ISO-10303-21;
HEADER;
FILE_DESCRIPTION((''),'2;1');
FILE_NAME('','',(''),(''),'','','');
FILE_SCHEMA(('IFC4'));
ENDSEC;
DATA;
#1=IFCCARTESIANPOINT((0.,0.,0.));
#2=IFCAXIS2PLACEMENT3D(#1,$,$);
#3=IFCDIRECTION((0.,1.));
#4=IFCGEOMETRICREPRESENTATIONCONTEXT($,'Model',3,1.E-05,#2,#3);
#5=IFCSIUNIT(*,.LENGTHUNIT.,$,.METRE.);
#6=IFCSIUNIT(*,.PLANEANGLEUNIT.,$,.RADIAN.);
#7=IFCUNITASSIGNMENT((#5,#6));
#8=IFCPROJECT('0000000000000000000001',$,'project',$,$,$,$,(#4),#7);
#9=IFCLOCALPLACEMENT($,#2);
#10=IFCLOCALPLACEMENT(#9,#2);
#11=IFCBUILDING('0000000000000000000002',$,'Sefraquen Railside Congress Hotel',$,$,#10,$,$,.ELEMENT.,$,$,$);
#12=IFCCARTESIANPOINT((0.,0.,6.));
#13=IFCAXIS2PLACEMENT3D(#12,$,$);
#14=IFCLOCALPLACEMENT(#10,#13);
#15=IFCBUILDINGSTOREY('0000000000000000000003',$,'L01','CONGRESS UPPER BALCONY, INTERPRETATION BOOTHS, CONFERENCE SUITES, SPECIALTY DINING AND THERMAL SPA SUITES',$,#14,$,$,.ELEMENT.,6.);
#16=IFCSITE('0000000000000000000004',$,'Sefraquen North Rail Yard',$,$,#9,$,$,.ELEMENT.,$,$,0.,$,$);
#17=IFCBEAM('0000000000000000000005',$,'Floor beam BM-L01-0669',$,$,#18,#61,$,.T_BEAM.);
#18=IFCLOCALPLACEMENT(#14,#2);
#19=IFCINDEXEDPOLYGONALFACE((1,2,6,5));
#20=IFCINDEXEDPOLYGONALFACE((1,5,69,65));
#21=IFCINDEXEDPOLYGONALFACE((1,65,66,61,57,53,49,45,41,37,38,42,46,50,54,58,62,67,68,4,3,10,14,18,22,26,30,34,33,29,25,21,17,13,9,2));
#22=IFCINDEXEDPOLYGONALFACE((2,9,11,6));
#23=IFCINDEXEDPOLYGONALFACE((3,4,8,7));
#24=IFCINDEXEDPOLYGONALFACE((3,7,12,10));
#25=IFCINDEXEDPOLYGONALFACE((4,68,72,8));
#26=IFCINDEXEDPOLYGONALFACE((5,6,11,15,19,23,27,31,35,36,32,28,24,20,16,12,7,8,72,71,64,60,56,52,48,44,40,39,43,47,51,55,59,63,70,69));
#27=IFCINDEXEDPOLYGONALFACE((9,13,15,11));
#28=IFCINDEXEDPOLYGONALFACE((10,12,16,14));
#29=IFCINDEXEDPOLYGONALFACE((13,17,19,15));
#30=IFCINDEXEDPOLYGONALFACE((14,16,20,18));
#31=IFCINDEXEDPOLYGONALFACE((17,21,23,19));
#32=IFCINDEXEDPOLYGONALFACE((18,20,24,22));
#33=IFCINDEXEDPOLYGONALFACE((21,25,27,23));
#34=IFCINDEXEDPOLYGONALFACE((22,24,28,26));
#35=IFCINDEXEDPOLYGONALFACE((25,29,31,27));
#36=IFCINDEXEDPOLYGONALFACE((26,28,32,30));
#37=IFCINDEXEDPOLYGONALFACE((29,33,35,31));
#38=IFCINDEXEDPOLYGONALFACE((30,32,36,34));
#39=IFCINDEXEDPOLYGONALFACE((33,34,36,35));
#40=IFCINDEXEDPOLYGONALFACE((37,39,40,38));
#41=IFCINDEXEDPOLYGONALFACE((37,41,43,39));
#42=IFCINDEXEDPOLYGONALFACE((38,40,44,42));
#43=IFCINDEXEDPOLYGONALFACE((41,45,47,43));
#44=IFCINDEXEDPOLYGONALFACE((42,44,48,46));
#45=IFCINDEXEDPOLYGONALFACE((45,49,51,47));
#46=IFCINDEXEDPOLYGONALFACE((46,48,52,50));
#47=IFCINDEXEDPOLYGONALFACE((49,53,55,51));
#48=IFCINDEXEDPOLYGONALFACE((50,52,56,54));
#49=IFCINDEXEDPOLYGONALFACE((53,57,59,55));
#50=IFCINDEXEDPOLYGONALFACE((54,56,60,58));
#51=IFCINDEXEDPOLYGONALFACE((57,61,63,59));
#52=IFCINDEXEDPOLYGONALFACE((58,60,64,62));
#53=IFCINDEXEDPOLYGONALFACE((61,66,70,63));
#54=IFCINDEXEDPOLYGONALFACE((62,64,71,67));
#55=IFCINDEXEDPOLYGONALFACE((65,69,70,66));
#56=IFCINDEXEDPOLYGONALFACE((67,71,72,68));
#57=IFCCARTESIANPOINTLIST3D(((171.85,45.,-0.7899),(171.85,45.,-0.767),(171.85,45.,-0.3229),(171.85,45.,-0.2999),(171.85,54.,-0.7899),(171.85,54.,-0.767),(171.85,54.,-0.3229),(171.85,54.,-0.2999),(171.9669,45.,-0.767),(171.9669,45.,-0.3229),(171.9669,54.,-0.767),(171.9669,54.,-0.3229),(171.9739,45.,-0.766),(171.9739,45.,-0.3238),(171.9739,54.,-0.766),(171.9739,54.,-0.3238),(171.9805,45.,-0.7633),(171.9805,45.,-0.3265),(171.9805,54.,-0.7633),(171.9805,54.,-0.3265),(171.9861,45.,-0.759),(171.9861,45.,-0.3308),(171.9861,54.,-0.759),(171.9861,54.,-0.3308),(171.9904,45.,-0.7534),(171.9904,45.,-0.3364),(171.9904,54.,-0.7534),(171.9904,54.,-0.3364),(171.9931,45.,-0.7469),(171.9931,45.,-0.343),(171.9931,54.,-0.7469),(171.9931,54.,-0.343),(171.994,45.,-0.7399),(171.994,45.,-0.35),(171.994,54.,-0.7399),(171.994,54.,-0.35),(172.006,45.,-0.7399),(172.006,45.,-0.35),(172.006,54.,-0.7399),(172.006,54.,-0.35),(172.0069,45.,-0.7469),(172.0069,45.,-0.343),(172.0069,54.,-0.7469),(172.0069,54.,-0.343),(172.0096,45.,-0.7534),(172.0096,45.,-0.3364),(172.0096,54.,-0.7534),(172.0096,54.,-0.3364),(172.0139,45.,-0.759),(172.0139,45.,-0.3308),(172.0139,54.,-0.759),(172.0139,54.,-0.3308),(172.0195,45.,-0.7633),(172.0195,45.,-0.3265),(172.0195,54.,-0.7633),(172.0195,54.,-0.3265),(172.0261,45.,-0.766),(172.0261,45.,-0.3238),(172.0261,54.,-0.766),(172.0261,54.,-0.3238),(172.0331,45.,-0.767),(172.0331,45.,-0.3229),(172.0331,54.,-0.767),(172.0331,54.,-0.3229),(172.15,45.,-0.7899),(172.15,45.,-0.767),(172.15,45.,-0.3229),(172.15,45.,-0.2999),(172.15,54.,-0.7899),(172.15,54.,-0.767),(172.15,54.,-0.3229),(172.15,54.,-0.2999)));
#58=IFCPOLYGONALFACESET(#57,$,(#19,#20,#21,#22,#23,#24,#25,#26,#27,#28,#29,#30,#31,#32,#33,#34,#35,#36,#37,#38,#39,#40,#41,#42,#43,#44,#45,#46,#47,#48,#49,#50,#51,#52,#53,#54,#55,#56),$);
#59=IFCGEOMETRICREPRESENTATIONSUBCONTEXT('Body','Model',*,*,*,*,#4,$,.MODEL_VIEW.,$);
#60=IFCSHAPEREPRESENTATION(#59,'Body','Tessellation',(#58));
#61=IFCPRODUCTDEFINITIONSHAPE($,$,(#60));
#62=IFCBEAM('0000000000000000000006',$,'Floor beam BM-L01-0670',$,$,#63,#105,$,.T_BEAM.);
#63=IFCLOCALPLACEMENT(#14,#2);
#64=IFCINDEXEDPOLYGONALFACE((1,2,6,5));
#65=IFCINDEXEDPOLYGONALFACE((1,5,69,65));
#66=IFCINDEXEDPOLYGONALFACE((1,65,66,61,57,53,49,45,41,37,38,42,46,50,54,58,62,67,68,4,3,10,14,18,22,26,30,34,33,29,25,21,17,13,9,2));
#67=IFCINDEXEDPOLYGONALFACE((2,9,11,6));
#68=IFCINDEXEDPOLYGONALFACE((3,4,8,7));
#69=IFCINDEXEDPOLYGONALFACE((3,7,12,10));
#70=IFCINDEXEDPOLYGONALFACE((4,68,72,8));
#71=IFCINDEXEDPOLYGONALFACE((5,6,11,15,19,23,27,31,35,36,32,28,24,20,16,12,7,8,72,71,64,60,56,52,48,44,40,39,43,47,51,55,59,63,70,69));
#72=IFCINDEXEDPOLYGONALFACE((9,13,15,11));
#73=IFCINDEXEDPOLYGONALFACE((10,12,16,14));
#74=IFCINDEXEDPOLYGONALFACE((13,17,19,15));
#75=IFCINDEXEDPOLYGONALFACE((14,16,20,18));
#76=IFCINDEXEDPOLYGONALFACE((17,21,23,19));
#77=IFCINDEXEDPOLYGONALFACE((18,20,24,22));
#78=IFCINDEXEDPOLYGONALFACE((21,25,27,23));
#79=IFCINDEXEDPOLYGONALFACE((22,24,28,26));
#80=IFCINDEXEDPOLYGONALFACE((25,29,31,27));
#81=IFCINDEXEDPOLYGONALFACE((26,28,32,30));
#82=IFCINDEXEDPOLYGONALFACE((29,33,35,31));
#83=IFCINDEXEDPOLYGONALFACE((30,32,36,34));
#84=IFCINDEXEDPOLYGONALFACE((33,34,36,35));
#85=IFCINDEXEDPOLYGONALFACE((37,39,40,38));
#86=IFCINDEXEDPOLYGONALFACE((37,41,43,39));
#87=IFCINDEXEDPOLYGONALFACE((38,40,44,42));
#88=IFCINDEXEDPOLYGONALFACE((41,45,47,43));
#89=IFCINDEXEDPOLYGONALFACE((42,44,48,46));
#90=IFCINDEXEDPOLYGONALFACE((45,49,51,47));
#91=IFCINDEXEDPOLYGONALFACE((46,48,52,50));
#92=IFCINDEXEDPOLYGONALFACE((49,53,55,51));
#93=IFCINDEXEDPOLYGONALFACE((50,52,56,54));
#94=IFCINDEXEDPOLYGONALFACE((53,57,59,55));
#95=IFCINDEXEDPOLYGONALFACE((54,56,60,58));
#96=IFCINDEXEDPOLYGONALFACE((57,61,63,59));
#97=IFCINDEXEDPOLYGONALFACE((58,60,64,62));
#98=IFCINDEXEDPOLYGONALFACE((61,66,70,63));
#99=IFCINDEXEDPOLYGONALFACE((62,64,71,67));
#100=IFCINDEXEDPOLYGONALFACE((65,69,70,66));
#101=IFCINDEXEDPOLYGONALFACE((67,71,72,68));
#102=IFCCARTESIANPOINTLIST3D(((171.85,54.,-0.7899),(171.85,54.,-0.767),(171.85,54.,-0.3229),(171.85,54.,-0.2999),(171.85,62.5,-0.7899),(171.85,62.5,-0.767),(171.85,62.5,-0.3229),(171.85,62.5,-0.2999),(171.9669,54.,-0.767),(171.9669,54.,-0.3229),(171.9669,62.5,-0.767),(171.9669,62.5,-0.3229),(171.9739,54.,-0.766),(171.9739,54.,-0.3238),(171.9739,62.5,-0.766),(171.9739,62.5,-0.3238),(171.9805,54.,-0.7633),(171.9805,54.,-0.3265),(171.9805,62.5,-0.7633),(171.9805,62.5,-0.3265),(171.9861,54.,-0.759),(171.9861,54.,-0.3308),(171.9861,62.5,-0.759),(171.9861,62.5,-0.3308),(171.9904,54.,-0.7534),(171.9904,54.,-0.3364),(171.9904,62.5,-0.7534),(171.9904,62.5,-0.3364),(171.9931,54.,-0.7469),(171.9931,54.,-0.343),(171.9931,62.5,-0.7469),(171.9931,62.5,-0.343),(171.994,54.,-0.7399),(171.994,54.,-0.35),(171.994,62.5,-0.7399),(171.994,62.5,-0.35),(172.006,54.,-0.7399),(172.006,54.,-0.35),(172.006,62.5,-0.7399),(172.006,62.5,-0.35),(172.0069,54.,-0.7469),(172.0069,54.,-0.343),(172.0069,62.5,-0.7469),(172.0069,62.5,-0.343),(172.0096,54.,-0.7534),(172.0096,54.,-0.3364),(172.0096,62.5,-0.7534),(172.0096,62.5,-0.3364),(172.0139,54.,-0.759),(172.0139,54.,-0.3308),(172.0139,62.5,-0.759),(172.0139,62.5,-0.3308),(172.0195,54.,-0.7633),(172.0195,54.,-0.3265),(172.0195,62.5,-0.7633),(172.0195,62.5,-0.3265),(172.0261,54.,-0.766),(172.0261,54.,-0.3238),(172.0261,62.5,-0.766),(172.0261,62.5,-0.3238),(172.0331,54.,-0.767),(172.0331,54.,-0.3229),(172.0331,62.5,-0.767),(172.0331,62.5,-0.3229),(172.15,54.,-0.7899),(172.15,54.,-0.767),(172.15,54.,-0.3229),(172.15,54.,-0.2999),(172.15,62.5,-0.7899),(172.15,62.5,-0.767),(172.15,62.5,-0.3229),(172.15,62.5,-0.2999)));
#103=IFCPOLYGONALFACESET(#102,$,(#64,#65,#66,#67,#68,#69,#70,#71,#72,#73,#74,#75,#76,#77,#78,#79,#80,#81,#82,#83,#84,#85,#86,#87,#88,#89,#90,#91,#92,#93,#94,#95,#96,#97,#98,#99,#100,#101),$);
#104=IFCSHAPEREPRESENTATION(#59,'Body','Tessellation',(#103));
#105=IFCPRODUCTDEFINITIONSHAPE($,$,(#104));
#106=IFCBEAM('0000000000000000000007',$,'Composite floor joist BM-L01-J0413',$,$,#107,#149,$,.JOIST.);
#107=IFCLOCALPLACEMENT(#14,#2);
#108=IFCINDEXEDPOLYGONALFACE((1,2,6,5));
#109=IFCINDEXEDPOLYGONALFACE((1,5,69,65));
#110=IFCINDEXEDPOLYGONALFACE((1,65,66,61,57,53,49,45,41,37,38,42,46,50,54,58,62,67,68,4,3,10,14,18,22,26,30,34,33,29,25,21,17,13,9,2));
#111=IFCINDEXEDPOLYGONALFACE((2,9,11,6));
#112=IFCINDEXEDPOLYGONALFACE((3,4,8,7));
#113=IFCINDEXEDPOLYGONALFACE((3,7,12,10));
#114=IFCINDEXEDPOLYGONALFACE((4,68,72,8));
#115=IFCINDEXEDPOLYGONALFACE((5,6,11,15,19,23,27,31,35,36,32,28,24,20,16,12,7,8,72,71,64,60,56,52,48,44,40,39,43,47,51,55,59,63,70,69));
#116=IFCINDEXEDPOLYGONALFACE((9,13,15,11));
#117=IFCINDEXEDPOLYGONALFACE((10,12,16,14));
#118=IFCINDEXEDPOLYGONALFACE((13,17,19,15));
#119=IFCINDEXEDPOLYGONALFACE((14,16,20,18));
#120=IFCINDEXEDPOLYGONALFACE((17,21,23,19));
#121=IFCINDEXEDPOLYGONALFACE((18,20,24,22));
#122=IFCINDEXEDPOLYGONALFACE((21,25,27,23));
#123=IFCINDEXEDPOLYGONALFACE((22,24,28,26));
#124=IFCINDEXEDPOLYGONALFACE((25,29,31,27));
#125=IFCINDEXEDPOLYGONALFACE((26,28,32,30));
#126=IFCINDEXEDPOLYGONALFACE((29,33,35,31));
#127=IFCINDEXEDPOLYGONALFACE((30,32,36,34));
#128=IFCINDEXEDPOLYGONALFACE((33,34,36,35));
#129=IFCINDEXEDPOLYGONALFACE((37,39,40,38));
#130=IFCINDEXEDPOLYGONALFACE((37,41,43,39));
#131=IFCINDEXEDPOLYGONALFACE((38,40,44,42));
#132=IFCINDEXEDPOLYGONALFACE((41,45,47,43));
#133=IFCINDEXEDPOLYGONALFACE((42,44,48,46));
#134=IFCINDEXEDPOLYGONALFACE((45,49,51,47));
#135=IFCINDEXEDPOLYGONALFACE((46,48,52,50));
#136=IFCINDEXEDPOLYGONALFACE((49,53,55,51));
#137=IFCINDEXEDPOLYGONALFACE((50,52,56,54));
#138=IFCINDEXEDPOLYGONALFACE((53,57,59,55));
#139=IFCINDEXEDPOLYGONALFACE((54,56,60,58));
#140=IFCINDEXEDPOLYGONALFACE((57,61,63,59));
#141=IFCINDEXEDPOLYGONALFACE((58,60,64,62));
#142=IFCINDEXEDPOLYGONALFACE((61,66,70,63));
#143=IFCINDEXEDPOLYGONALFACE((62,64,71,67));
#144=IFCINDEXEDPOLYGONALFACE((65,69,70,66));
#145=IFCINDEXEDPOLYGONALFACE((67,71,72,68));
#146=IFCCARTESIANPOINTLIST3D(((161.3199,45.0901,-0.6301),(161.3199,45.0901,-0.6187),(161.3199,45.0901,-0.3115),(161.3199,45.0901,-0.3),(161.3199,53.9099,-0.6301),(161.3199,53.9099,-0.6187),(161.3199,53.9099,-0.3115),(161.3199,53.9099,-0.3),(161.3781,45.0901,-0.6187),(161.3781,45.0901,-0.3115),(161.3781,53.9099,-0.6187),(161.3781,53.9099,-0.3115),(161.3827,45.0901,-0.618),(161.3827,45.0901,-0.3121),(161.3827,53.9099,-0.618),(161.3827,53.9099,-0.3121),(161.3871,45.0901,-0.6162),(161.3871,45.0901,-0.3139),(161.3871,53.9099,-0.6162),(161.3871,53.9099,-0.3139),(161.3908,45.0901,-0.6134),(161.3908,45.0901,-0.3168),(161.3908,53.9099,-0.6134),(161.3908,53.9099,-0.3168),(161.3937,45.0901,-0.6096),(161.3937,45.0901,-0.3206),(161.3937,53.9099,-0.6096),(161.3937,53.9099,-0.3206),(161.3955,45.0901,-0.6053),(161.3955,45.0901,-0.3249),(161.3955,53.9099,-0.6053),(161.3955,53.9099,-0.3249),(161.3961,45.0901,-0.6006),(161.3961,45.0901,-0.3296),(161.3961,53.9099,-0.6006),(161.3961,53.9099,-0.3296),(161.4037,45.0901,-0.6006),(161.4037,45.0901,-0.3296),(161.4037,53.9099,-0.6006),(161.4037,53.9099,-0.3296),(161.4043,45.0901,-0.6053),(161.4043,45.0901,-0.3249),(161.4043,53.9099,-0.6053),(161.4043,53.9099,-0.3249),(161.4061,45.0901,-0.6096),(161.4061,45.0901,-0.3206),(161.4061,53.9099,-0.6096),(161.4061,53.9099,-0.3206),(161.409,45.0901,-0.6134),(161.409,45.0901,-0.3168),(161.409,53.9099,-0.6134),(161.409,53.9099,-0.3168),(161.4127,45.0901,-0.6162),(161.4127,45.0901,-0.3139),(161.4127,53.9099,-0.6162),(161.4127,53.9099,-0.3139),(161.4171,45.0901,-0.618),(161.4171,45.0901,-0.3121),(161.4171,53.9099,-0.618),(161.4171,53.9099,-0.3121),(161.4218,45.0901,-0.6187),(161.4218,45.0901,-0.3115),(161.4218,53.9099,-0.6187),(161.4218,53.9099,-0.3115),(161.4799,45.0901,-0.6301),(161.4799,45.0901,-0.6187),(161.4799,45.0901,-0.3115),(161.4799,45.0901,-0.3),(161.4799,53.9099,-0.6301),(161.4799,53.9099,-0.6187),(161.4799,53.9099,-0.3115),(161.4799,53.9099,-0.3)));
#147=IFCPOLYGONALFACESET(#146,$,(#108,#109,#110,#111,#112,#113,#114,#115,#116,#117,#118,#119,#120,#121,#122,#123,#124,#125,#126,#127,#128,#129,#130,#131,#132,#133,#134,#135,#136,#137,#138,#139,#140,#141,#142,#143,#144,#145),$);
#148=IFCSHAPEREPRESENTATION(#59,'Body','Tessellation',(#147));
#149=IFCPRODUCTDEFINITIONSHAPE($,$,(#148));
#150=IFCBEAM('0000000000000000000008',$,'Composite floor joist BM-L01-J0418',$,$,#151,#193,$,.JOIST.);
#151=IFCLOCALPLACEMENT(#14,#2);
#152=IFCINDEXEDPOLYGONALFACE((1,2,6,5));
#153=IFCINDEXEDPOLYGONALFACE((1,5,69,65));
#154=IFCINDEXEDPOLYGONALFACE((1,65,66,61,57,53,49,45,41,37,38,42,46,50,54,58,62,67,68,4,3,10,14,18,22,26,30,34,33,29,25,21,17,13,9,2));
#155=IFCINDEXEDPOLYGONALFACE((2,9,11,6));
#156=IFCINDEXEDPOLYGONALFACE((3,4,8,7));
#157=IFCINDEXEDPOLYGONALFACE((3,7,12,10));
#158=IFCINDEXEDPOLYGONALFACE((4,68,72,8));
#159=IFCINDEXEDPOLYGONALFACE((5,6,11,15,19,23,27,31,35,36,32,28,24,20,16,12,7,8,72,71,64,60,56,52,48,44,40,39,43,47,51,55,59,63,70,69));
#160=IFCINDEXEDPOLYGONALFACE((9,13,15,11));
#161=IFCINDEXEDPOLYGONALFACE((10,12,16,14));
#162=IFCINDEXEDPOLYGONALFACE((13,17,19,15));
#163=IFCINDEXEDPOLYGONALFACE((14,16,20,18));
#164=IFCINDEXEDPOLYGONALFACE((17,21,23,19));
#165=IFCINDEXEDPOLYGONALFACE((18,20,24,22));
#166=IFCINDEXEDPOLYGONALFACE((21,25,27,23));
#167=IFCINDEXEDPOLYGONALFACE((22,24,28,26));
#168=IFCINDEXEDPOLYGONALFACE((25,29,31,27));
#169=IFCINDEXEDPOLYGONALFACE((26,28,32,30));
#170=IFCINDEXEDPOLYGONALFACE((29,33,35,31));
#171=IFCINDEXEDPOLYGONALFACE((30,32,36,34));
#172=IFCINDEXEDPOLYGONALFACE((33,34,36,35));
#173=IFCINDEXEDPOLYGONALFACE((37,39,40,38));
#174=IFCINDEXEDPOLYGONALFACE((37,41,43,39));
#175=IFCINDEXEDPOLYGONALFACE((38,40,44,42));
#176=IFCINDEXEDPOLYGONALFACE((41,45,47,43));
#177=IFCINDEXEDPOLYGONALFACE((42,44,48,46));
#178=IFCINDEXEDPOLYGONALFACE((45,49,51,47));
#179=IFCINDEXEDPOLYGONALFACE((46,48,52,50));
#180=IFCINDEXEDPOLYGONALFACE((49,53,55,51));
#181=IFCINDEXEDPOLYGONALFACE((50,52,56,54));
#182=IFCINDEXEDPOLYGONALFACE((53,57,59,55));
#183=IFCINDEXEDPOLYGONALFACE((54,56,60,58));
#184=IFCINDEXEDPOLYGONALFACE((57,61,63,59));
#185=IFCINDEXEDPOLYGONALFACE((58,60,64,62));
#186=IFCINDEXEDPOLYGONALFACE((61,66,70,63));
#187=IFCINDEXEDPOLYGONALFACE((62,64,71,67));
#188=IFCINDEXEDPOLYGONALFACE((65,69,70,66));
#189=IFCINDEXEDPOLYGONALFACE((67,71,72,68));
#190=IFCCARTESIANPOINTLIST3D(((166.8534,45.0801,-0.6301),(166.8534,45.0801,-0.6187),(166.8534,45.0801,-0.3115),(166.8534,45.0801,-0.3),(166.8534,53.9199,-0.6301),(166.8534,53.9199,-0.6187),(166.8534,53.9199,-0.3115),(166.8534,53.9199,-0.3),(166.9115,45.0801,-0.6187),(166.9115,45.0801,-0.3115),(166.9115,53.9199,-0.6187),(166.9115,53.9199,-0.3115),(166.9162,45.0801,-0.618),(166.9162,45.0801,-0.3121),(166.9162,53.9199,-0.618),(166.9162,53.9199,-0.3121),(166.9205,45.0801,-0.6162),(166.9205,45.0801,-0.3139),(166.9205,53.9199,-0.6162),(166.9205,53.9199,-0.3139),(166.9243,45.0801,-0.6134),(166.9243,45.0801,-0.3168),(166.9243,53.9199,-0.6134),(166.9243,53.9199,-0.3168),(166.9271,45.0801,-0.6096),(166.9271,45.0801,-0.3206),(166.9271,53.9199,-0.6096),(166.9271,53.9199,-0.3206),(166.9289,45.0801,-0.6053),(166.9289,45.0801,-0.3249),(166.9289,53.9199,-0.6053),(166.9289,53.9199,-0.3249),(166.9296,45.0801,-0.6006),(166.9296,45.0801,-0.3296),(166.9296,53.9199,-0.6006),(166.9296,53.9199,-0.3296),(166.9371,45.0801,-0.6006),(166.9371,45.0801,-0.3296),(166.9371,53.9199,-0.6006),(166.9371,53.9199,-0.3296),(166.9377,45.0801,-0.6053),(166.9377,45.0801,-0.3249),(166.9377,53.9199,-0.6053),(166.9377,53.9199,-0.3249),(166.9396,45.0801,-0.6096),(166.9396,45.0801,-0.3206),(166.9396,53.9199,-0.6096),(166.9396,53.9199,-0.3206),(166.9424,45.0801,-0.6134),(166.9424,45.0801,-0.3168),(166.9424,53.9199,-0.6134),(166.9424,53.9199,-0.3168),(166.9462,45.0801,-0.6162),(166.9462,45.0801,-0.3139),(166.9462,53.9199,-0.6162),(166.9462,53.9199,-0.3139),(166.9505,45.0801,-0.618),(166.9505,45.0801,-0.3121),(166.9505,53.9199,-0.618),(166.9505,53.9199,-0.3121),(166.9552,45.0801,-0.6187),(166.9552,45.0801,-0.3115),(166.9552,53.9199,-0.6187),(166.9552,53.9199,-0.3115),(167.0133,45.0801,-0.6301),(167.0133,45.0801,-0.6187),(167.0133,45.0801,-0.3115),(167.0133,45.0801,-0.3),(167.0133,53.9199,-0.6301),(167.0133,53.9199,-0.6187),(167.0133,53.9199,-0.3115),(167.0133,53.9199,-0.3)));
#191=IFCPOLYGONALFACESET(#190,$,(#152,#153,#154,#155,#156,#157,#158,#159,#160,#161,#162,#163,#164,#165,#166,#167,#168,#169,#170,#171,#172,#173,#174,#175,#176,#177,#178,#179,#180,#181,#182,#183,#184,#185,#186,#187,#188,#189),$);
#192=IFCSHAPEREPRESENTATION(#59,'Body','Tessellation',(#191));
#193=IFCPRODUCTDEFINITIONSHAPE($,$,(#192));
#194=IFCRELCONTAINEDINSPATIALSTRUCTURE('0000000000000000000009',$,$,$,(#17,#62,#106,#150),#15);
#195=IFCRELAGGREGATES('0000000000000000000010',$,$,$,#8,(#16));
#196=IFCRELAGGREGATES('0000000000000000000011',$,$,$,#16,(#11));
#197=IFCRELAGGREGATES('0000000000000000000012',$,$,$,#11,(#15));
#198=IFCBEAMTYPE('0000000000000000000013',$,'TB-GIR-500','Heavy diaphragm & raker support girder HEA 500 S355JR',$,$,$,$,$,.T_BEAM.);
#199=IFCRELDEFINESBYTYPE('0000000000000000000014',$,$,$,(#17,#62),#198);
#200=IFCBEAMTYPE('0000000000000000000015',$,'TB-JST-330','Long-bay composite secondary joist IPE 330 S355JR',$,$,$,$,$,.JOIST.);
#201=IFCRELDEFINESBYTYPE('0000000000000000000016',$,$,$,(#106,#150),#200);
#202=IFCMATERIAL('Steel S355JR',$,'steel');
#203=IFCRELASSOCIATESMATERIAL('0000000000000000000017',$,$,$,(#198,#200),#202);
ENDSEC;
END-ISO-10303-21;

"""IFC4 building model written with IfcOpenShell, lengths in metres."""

from ifc_helpers import new_model, si_unit, direction, frame, origin, origin_2d, place, context, subcontext, project, spatial, i_section, extrude, material, material_profile, profile_set, type_object, element, save


model = new_model("IFC4")

# Units and contexts
model_context = context("Model", 3, precision=1e-05, world=origin(), true_north=direction((0.0, 1.0)))
body_context = subcontext(model_context, "Body", "Model", "MODEL_VIEW")
ifc_project = project(units=[si_unit("LENGTHUNIT", "METRE"), si_unit("PLANEANGLEUNIT", "RADIAN")], contexts=[model_context])

# Site, building, storey
site_placement = place(None, origin())
site = spatial("IfcSite", under=ifc_project, at=site_placement, Name="Sefraquen North Rail Yard", CompositionType="ELEMENT", RefElevation=0.0)
building_placement = place(site_placement, origin())
building = spatial("IfcBuilding", under=site, at=building_placement, Name="Sefraquen Railside Congress Hotel", CompositionType="ELEMENT")
storey_placement = place(building_placement, frame((0.0, 0.0, 6.0)))
storey = spatial("IfcBuildingStorey", under=building, at=storey_placement, Name="L01", Description="CONGRESS UPPER BALCONY, INTERPRETATION BOOTHS, CONFERENCE SUITES, SPECIALTY DINING AND THERMAL SPA SUITES", CompositionType="ELEMENT", Elevation=6.0)

# Shared definitions
ifc_material_1 = material(Name="Steel S355JR", Category="steel")

# Beams
ifc_material_profile_1 = material_profile(ifc_material_1, i_section(OverallWidth=0.3, OverallDepth=0.49, WebThickness=0.012, FlangeThickness=0.0229, FilletRadius=0.0271, at=origin_2d()), Name="HEA 500")
ifc_profile_set_1 = profile_set([ifc_material_profile_1], Name="Steel S355JR")
beam_type_1 = type_object("IfcBeamType", Name="TB-GIR-500", Description="Heavy diaphragm & raker support girder HEA 500 S355JR", PredefinedType="T_BEAM", material=ifc_profile_set_1)
beam_1_placement = place(storey_placement, frame((172.0, 45.0, -0.5449), z_axis=(0.0, 1.0, 0.0), x_axis=(-1.0, 0.0, 0.0)))
element("IfcBeam", 1, at=beam_1_placement, inside=storey, type_object=beam_type_1, Name="Floor beam BM-L01-0669", PredefinedType="T_BEAM", context=body_context, shape_type="SweptSolid", body=[
    extrude(i_section(OverallWidth=0.3, OverallDepth=0.49, WebThickness=0.012, FlangeThickness=0.0229, FilletRadius=0.0271, at=origin_2d()), origin(), (0.0, 0.0, 1.0), 9.0),
])
beam_2_placement = place(storey_placement, frame((172.0, 54.0, -0.5449), z_axis=(0.0, 1.0, 0.0), x_axis=(-1.0, 0.0, 0.0)))
element("IfcBeam", 2, at=beam_2_placement, inside=storey, type_object=beam_type_1, Name="Floor beam BM-L01-0670", PredefinedType="T_BEAM", context=body_context, shape_type="SweptSolid", body=[
    extrude(i_section(OverallWidth=0.3, OverallDepth=0.49, WebThickness=0.012, FlangeThickness=0.0229, FilletRadius=0.0271, at=origin_2d()), origin(), (0.0, 0.0, 1.0), 8.5),
])
ifc_material_profile_2 = material_profile(ifc_material_1, i_section(OverallWidth=0.1599, OverallDepth=0.3301, WebThickness=0.0076, FlangeThickness=0.0115, FilletRadius=0.0181, at=origin_2d()), Name="IPE 330")
ifc_profile_set_2 = profile_set([ifc_material_profile_2], Name="Steel S355JR")
beam_type_2 = type_object("IfcBeamType", Name="TB-JST-330", Description="Long-bay composite secondary joist IPE 330 S355JR", PredefinedType="JOIST", material=ifc_profile_set_2)
beam_3_placement = place(storey_placement, frame((161.3999, 45.0901, -0.4651), z_axis=(0.0, 1.0, 0.0), x_axis=(-1.0, 0.0, 0.0)))
element("IfcBeam", 3, at=beam_3_placement, inside=storey, type_object=beam_type_2, Name="Composite floor joist BM-L01-J0413", PredefinedType="JOIST", context=body_context, shape_type="SweptSolid", body=[
    extrude(i_section(OverallWidth=0.1599, OverallDepth=0.3301, WebThickness=0.0076, FlangeThickness=0.0115, FilletRadius=0.0181, at=origin_2d()), origin(), (0.0, 0.0, 1.0), 8.8198),
])
for number, where, z_axis, x_axis, name in (
    (4, (166.9333, 45.0801, -0.4651), (0.0, 1.0, 0.0), (-1.0, 0.0, 0.0), "Composite floor joist BM-L01-J0418"),
):
    element("IfcBeam", number, at=place(storey_placement, frame(where, z_axis=z_axis, x_axis=x_axis)), inside=storey, type_object=beam_type_2, Name=name, PredefinedType="JOIST", context=body_context, shape_type="SweptSolid", body=[
        extrude(i_section(OverallWidth=0.1599, OverallDepth=0.3301, WebThickness=0.0076, FlangeThickness=0.0115, FilletRadius=0.0181, at=origin_2d()), origin(), (0.0, 0.0, 1.0), 8.8398),
    ])

save(model, "model.ifc")
